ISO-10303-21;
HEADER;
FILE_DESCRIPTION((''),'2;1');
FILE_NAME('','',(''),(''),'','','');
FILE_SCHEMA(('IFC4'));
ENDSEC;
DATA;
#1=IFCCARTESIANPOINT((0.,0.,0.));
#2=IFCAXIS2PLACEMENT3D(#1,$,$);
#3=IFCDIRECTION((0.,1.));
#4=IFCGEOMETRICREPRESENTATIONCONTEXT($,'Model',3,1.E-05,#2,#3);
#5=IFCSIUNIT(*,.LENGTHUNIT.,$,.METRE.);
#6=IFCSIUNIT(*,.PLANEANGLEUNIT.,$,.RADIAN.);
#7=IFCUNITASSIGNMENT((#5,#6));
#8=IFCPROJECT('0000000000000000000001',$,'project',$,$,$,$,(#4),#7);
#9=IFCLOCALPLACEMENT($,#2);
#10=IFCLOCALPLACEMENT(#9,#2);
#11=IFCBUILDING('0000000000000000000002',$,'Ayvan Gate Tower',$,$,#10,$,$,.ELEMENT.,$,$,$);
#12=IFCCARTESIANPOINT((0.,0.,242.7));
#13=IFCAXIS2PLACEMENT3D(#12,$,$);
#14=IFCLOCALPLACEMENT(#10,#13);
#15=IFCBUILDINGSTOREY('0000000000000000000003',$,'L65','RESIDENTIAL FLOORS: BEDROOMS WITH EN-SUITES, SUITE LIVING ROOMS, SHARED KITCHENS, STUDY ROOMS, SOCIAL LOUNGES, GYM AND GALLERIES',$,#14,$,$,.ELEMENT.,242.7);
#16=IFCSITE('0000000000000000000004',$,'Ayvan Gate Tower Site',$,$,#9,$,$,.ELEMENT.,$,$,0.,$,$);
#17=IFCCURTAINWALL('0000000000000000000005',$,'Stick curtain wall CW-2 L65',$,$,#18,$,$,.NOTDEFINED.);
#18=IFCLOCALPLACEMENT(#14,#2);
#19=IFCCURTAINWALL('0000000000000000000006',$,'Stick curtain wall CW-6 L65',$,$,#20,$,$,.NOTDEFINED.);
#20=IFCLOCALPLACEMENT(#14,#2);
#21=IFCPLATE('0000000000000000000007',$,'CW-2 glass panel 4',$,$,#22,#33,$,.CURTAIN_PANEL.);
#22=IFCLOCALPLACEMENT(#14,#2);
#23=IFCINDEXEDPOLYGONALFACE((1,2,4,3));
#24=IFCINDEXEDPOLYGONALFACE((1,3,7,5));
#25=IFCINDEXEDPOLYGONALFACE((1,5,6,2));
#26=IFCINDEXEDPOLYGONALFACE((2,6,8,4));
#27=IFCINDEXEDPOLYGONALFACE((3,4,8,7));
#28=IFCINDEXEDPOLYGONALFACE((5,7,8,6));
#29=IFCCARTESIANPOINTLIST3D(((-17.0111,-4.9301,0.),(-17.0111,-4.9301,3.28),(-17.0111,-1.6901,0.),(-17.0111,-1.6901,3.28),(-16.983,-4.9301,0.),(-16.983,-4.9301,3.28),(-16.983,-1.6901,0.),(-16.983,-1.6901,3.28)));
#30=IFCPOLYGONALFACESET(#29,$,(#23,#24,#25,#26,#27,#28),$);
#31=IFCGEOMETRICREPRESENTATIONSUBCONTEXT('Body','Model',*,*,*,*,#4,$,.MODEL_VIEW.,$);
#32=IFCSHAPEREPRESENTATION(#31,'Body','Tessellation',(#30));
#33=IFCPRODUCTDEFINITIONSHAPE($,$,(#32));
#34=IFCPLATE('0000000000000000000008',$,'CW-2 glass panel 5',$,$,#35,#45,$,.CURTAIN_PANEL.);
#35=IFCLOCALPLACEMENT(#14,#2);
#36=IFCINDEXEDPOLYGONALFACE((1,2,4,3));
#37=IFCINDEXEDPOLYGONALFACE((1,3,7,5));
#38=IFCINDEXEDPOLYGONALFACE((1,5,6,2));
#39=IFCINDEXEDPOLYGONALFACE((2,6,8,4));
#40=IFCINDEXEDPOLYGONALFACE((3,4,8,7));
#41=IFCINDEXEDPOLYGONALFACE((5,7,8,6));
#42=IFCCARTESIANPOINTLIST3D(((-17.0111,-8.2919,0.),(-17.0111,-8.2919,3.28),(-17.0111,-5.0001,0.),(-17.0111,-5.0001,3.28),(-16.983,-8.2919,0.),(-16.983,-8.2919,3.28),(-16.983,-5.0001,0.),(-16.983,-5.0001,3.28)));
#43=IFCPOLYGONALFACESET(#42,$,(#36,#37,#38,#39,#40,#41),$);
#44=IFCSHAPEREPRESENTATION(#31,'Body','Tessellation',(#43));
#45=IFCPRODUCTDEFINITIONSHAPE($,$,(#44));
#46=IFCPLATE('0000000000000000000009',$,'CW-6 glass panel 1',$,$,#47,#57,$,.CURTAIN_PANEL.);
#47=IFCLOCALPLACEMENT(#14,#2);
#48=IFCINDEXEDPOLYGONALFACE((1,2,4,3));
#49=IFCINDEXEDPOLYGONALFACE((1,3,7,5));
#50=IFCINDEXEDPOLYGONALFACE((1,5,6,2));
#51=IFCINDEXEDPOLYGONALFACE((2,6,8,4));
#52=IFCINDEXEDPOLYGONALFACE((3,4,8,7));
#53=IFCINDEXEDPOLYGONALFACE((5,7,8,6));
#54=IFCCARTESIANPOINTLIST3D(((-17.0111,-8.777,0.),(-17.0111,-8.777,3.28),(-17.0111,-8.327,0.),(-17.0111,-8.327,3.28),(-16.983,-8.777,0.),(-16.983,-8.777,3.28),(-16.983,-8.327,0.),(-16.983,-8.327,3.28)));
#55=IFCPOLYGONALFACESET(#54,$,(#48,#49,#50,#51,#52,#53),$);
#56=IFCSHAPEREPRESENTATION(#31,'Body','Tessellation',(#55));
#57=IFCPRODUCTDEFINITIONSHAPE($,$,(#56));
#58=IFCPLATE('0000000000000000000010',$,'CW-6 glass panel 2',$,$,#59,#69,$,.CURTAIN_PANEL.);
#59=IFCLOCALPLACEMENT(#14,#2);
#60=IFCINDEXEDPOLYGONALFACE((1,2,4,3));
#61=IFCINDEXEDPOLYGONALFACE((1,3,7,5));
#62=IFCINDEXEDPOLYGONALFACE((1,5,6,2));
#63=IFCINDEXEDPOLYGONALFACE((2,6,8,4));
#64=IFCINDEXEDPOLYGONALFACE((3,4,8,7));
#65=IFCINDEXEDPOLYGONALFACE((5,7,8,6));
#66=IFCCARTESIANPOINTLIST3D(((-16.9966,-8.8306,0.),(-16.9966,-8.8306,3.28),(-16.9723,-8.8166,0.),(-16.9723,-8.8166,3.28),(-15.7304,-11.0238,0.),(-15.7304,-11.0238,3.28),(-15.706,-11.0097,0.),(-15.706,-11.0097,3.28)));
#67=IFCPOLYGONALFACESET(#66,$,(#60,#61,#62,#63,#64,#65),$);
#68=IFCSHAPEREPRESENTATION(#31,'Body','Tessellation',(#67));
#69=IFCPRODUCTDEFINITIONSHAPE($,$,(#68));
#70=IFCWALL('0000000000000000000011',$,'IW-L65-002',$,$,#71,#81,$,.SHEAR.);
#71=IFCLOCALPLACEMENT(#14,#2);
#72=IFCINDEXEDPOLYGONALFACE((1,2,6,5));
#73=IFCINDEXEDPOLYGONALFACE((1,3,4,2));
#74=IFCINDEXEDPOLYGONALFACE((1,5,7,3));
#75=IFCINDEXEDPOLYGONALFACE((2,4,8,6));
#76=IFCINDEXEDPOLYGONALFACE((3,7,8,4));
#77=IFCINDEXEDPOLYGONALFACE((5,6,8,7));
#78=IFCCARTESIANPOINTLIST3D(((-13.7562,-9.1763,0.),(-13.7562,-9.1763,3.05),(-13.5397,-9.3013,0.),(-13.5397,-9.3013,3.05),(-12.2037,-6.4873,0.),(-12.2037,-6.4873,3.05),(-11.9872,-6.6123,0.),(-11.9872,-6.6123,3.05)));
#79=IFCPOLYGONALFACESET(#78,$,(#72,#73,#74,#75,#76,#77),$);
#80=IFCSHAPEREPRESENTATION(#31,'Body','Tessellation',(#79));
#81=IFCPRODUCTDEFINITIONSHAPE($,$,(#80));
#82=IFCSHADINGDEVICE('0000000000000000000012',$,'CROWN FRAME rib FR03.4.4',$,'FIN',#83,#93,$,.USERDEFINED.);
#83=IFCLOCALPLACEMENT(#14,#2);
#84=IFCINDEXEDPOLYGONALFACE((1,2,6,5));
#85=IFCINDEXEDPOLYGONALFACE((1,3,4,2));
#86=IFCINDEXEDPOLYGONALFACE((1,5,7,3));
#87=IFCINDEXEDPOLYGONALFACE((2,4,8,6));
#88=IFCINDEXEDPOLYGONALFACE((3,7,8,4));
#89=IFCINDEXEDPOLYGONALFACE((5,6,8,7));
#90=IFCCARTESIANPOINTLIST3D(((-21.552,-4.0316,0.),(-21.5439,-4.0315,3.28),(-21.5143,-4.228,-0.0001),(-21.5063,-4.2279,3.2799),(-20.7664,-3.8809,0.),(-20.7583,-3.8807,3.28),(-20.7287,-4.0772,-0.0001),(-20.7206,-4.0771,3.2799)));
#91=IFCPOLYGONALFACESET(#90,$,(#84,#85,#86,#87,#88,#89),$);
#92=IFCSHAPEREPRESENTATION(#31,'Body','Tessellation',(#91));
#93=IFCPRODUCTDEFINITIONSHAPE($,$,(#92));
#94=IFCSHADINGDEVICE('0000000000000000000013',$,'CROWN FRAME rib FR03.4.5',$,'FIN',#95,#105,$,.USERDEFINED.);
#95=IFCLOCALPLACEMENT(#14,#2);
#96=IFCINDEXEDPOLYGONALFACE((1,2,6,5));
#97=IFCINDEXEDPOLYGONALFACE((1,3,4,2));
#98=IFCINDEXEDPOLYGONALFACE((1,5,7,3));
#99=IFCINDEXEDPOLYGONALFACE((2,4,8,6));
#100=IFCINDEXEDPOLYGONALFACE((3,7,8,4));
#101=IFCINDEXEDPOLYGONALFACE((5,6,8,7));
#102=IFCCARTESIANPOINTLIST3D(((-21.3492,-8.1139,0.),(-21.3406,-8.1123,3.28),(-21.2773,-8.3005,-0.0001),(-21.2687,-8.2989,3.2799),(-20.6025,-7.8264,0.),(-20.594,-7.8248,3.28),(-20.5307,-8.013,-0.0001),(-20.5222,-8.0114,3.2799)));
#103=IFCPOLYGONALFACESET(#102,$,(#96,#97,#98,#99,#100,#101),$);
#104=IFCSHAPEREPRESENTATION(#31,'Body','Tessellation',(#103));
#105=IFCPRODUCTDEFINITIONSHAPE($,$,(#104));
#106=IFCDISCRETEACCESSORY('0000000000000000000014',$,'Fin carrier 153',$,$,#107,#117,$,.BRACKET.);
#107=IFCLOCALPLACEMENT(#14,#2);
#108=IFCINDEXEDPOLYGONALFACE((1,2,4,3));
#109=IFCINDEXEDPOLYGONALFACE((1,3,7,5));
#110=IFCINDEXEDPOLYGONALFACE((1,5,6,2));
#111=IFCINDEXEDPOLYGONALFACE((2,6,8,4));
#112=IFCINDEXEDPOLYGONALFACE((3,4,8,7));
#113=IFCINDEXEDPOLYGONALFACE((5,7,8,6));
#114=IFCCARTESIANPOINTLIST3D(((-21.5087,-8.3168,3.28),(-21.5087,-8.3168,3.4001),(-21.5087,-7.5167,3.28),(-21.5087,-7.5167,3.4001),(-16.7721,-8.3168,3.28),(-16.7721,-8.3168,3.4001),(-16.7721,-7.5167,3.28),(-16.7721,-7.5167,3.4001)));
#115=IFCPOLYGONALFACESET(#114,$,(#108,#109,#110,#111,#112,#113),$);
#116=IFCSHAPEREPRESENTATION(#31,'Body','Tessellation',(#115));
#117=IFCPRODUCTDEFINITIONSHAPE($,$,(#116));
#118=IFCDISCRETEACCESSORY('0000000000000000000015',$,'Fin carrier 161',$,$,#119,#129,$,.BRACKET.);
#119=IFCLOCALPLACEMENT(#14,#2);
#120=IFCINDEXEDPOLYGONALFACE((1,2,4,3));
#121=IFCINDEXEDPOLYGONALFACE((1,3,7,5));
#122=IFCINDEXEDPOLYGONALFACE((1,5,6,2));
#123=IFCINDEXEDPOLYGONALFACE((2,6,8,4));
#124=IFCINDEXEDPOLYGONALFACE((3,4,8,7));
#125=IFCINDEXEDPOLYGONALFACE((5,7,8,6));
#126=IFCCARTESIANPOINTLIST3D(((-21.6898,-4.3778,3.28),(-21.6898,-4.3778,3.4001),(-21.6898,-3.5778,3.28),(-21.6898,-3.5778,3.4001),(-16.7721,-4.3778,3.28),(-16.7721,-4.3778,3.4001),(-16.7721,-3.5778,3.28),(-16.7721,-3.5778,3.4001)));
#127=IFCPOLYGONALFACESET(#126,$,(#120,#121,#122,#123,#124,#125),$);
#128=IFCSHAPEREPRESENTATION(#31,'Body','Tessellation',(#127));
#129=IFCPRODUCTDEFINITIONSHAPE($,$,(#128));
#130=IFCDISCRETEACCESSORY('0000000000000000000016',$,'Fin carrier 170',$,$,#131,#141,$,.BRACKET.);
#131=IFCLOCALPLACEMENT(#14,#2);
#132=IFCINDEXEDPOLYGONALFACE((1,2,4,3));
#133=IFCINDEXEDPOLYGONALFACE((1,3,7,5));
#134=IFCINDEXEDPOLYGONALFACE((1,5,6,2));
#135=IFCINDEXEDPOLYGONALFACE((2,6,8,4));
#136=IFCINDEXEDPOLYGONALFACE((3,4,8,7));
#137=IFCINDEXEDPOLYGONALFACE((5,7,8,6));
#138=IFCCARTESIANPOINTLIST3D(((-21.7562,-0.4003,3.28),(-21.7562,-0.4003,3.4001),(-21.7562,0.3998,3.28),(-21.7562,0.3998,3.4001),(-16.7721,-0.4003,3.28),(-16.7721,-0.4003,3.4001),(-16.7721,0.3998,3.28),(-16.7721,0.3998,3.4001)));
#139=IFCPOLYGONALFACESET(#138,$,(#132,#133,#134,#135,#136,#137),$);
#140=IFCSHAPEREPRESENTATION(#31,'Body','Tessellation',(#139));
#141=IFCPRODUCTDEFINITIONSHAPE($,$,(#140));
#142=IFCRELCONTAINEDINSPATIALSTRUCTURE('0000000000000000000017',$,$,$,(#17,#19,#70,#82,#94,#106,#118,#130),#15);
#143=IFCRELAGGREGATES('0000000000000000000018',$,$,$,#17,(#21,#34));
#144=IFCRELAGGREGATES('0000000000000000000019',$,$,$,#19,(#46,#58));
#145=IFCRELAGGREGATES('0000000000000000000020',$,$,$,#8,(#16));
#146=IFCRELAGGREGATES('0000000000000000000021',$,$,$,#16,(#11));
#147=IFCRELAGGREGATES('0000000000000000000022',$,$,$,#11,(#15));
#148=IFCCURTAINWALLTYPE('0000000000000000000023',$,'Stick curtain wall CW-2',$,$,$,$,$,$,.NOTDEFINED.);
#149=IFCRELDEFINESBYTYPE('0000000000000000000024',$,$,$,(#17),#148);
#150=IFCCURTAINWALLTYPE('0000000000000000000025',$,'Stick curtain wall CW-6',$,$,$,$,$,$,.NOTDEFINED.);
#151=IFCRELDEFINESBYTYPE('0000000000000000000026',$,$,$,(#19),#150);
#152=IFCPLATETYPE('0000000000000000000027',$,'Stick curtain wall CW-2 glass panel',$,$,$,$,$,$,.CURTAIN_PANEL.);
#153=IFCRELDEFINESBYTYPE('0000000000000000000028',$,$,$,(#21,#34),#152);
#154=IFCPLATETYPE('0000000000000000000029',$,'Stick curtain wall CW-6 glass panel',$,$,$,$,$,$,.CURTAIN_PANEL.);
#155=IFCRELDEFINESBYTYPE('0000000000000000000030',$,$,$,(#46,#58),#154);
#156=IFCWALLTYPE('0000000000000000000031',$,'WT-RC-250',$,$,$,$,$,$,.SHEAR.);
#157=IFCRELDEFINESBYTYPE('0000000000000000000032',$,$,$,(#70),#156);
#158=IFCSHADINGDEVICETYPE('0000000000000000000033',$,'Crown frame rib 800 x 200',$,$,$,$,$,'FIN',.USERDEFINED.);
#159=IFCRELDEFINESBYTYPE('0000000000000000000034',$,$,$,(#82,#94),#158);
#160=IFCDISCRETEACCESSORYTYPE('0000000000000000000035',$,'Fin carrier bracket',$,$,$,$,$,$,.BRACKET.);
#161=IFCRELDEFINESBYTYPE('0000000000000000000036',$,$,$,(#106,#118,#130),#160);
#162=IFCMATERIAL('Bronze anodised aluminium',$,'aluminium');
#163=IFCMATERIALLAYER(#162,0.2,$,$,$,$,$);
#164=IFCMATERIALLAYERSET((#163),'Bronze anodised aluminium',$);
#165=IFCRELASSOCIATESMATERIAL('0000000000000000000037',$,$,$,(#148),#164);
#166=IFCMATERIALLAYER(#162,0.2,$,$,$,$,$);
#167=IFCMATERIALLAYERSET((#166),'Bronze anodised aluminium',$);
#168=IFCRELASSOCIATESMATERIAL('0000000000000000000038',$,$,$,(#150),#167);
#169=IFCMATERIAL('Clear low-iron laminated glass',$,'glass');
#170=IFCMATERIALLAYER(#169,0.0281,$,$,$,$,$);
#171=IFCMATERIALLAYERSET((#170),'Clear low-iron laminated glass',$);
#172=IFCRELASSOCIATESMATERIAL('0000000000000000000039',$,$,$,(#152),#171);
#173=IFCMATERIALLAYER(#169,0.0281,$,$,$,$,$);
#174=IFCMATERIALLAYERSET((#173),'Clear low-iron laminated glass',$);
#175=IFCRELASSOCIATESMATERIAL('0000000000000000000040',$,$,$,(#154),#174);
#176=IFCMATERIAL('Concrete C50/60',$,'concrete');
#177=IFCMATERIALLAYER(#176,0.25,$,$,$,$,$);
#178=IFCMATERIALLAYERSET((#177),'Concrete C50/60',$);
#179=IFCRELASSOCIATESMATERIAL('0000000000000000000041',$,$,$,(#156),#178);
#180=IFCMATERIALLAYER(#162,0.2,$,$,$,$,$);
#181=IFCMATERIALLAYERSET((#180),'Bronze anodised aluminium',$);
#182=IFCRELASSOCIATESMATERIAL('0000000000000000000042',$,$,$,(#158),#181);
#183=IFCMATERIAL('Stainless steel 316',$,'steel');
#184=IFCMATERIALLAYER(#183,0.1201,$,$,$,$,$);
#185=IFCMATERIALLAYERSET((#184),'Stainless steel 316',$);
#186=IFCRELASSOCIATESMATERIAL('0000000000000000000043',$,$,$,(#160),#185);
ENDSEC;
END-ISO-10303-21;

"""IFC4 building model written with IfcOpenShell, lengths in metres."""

from ifc_helpers import new_model, si_unit, direction, frame, frame_2d, origin, origin_2d, place, context, subcontext, project, spatial, polyline, rectangle, outline, extrude, material, layer, layer_set, type_object, element, aggregate, save


model = new_model("IFC4")

# Units and contexts
model_context = context("Model", 3, precision=1e-05, world=origin(), true_north=direction((0.0, 1.0)))
body_context = subcontext(model_context, "Body", "Model", "MODEL_VIEW")
ifc_project = project(units=[si_unit("LENGTHUNIT", "METRE"), si_unit("PLANEANGLEUNIT", "RADIAN")], contexts=[model_context])

# Site, building, storey
site_placement = place(None, origin())
site = spatial("IfcSite", under=ifc_project, at=site_placement, Name="Ayvan Gate Tower Site", CompositionType="ELEMENT", RefElevation=0.0)
building_placement = place(site_placement, origin())
building = spatial("IfcBuilding", under=site, at=building_placement, Name="Ayvan Gate Tower", CompositionType="ELEMENT")
storey_placement = place(building_placement, frame((0.0, 0.0, 242.7)))
storey = spatial("IfcBuildingStorey", under=building, at=storey_placement, Name="L65", Description="RESIDENTIAL FLOORS: BEDROOMS WITH EN-SUITES, SUITE LIVING ROOMS, SHARED KITCHENS, STUDY ROOMS, SOCIAL LOUNGES, GYM AND GALLERIES", CompositionType="ELEMENT", Elevation=242.7)

# Shared definitions
ifc_material_1 = material(Name="Concrete C50/60", Category="concrete")

# Curtain walls
ifc_material_2 = material(Name="Bronze anodised aluminium", Category="aluminium")
ifc_layer_1 = layer(ifc_material_2, 0.2)
ifc_layer_set_1 = layer_set([ifc_layer_1], Name="Bronze anodised aluminium")
curtain_wall_type_1 = type_object("IfcCurtainWallType", Name="Stick curtain wall CW-2", PredefinedType="NOTDEFINED", material=ifc_layer_set_1)
curtain_wall_1_placement = place(storey_placement, origin())
curtain_wall_1 = element("IfcCurtainWall", 1, at=curtain_wall_1_placement, inside=storey, type_object=curtain_wall_type_1, Name="Stick curtain wall CW-2 L65", PredefinedType="NOTDEFINED")
ifc_layer_2 = layer(ifc_material_2, 0.2)
ifc_layer_set_2 = layer_set([ifc_layer_2], Name="Bronze anodised aluminium")
curtain_wall_type_2 = type_object("IfcCurtainWallType", Name="Stick curtain wall CW-6", PredefinedType="NOTDEFINED", material=ifc_layer_set_2)
curtain_wall_2_placement = place(storey_placement, origin())
curtain_wall_2 = element("IfcCurtainWall", 2, at=curtain_wall_2_placement, inside=storey, type_object=curtain_wall_type_2, Name="Stick curtain wall CW-6 L65", PredefinedType="NOTDEFINED")

# Plates
ifc_material_3 = material(Name="Clear low-iron laminated glass", Category="glass")
ifc_layer_3 = layer(ifc_material_3, 0.0281)
ifc_layer_set_3 = layer_set([ifc_layer_3], Name="Clear low-iron laminated glass")
plate_type_1 = type_object("IfcPlateType", Name="Stick curtain wall CW-2 glass panel", PredefinedType="CURTAIN_PANEL", material=ifc_layer_set_3)
plate_1_placement = place(storey_placement, frame((-16.9971, -3.3101, 0.0), z_axis=(0.0, 0.0, 1.0), x_axis=(0.0, -1.0, 0.0)))
plate_1 = element("IfcPlate", 3, at=plate_1_placement, type_object=plate_type_1, Name="CW-2 glass panel 4", PredefinedType="CURTAIN_PANEL", context=body_context, shape_type="SweptSolid", body=[
    extrude(rectangle(XDim=3.24, YDim=0.0281, at=origin_2d()), origin(), (0.0, 0.0, 1.0), 3.28),
])
plate_2_placement = place(storey_placement, frame((-16.9971, -6.646, 0.0), z_axis=(0.0, 0.0, 1.0), x_axis=(0.0, -1.0, 0.0)))
plate_2 = element("IfcPlate", 4, at=plate_2_placement, type_object=plate_type_1, Name="CW-2 glass panel 5", PredefinedType="CURTAIN_PANEL", context=body_context, shape_type="SweptSolid", body=[
    extrude(rectangle(XDim=3.2917, YDim=0.0281, at=origin_2d()), origin(), (0.0, 0.0, 1.0), 3.28),
])
aggregate(curtain_wall_1, [plate_1, plate_2])
ifc_layer_4 = layer(ifc_material_3, 0.0281)
ifc_layer_set_4 = layer_set([ifc_layer_4], Name="Clear low-iron laminated glass")
plate_type_2 = type_object("IfcPlateType", Name="Stick curtain wall CW-6 glass panel", PredefinedType="CURTAIN_PANEL", material=ifc_layer_set_4)
plate_3_placement = place(storey_placement, frame((-16.9971, -8.552, 0.0), z_axis=(0.0, 0.0, 1.0), x_axis=(0.0, -1.0, 0.0)))
plate_3 = element("IfcPlate", 5, at=plate_3_placement, type_object=plate_type_2, Name="CW-6 glass panel 1", PredefinedType="CURTAIN_PANEL", context=body_context, shape_type="SweptSolid", body=[
    extrude(rectangle(XDim=0.45, YDim=0.0281, at=origin_2d()), origin(), (0.0, 0.0, 1.0), 3.28),
])
plate_4_placement = place(storey_placement, frame((-16.3513, -9.9202, 0.0), z_axis=(0.0, 0.0, 1.0), x_axis=(0.5, -0.866025, 0.0)))
plate_4 = element("IfcPlate", 6, at=plate_4_placement, type_object=plate_type_2, Name="CW-6 glass panel 2", PredefinedType="CURTAIN_PANEL", context=body_context, shape_type="SweptSolid", body=[
    extrude(rectangle(XDim=2.5325, YDim=0.0281, at=origin_2d()), origin(), (0.0, 0.0, 1.0), 3.28),
])
aggregate(curtain_wall_2, [plate_3, plate_4])

# Wall
ifc_layer_5 = layer(ifc_material_1, 0.25)
ifc_layer_set_5 = layer_set([ifc_layer_5], Name="Concrete C50/60")
wall_type = type_object("IfcWallType", Name="WT-RC-250", PredefinedType="SHEAR", material=ifc_layer_set_5)
wall_placement = place(storey_placement, frame((-13.6479, -9.2388, 0.0), z_axis=(0.0, 0.0, 1.0), x_axis=(0.500004, 0.866023, 0.0)))
element("IfcWall", 7, at=wall_placement, inside=storey, type_object=wall_type, Name="IW-L65-002", PredefinedType="SHEAR", context=body_context, shape_type="SweptSolid", body=[
    extrude(rectangle(XDim=3.105, YDim=0.25, at=frame_2d((1.5525, 0.0))), origin(), (0.0, 0.0, 1.0), 3.05),
])

# Shading devices
ifc_layer_6 = layer(ifc_material_2, 0.2)
ifc_layer_set_6 = layer_set([ifc_layer_6], Name="Bronze anodised aluminium")
shading_device_type = type_object("IfcShadingDeviceType", Name="Crown frame rib 800 x 200", ElementType="FIN", PredefinedType="USERDEFINED", material=ifc_layer_set_6)
shading_device_1_placement = place(storey_placement, frame((-20.7664, -3.8809, 0.0), z_axis=(-0.188451, 0.982082, 0.000426), x_axis=(-0.982083, -0.188451, 0.0)))
element("IfcShadingDevice", 8, at=shading_device_1_placement, inside=storey, type_object=shading_device_type, Name="CROWN FRAME rib FR03.4.4", ObjectType="FIN", PredefinedType="USERDEFINED", context=body_context, shape_type="SweptSolid", body=[
    extrude(outline(polyline([(0.0, 0.0), (0.8, 0.0), (0.792, 3.28), (-0.0079, 3.28), (0.0, 0.0)])), origin(), (0.0, 0.0, -1.0), 0.2),
])
shading_device_2_placement = place(storey_placement, frame((-20.6025, -7.8264, 0.0), z_axis=(-0.359337, 0.933208, 0.000485), x_axis=(-0.933208, -0.359337, 0.0)))
element("IfcShadingDevice", 9, at=shading_device_2_placement, inside=storey, type_object=shading_device_type, Name="CROWN FRAME rib FR03.4.5", ObjectType="FIN", PredefinedType="USERDEFINED", context=body_context, shape_type="SweptSolid", body=[
    extrude(outline(polyline([(0.0, 0.0), (0.8001, 0.0), (0.7915, 3.28), (-0.0085, 3.28), (0.0, 0.0)])), origin(), (0.0, 0.0, -1.0), 0.2),
])

# Discrete accessories
ifc_material_4 = material(Name="Stainless steel 316", Category="steel")
ifc_layer_7 = layer(ifc_material_4, 0.1201)
ifc_layer_set_7 = layer_set([ifc_layer_7], Name="Stainless steel 316")
discrete_accessory_type = type_object("IfcDiscreteAccessoryType", Name="Fin carrier bracket", PredefinedType="BRACKET", material=ifc_layer_set_7)
discrete_accessory_1_placement = place(storey_placement, frame((-19.1404, -7.9167, 3.28), z_axis=(0.0, 0.0, 1.0), x_axis=(0.0, -1.0, 0.0)))
element("IfcDiscreteAccessory", 10, at=discrete_accessory_1_placement, inside=storey, type_object=discrete_accessory_type, Name="Fin carrier 153", PredefinedType="BRACKET", context=body_context, shape_type="SweptSolid", body=[
    extrude(rectangle(XDim=0.8, YDim=4.7366, at=origin_2d()), origin(), (0.0, 0.0, 1.0), 0.1201),
])
discrete_accessory_2_placement = place(storey_placement, frame((-19.231, -3.9778, 3.28), z_axis=(0.0, 0.0, 1.0), x_axis=(0.0, -1.0, 0.0)))
element("IfcDiscreteAccessory", 11, at=discrete_accessory_2_placement, inside=storey, type_object=discrete_accessory_type, Name="Fin carrier 161", PredefinedType="BRACKET", context=body_context, shape_type="SweptSolid", body=[
    extrude(rectangle(XDim=0.8, YDim=4.9177, at=origin_2d()), origin(), (0.0, 0.0, 1.0), 0.1201),
])
discrete_accessory_3_placement = place(storey_placement, frame((-19.2642, -0.0002, 3.28), z_axis=(0.0, 0.0, 1.0), x_axis=(0.0, -1.0, 0.0)))
element("IfcDiscreteAccessory", 12, at=discrete_accessory_3_placement, inside=storey, type_object=discrete_accessory_type, Name="Fin carrier 170", PredefinedType="BRACKET", context=body_context, shape_type="SweptSolid", body=[
    extrude(rectangle(XDim=0.8, YDim=4.9841, at=origin_2d()), origin(), (0.0, 0.0, 1.0), 0.1201),
])

save(model, "model.ifc")
